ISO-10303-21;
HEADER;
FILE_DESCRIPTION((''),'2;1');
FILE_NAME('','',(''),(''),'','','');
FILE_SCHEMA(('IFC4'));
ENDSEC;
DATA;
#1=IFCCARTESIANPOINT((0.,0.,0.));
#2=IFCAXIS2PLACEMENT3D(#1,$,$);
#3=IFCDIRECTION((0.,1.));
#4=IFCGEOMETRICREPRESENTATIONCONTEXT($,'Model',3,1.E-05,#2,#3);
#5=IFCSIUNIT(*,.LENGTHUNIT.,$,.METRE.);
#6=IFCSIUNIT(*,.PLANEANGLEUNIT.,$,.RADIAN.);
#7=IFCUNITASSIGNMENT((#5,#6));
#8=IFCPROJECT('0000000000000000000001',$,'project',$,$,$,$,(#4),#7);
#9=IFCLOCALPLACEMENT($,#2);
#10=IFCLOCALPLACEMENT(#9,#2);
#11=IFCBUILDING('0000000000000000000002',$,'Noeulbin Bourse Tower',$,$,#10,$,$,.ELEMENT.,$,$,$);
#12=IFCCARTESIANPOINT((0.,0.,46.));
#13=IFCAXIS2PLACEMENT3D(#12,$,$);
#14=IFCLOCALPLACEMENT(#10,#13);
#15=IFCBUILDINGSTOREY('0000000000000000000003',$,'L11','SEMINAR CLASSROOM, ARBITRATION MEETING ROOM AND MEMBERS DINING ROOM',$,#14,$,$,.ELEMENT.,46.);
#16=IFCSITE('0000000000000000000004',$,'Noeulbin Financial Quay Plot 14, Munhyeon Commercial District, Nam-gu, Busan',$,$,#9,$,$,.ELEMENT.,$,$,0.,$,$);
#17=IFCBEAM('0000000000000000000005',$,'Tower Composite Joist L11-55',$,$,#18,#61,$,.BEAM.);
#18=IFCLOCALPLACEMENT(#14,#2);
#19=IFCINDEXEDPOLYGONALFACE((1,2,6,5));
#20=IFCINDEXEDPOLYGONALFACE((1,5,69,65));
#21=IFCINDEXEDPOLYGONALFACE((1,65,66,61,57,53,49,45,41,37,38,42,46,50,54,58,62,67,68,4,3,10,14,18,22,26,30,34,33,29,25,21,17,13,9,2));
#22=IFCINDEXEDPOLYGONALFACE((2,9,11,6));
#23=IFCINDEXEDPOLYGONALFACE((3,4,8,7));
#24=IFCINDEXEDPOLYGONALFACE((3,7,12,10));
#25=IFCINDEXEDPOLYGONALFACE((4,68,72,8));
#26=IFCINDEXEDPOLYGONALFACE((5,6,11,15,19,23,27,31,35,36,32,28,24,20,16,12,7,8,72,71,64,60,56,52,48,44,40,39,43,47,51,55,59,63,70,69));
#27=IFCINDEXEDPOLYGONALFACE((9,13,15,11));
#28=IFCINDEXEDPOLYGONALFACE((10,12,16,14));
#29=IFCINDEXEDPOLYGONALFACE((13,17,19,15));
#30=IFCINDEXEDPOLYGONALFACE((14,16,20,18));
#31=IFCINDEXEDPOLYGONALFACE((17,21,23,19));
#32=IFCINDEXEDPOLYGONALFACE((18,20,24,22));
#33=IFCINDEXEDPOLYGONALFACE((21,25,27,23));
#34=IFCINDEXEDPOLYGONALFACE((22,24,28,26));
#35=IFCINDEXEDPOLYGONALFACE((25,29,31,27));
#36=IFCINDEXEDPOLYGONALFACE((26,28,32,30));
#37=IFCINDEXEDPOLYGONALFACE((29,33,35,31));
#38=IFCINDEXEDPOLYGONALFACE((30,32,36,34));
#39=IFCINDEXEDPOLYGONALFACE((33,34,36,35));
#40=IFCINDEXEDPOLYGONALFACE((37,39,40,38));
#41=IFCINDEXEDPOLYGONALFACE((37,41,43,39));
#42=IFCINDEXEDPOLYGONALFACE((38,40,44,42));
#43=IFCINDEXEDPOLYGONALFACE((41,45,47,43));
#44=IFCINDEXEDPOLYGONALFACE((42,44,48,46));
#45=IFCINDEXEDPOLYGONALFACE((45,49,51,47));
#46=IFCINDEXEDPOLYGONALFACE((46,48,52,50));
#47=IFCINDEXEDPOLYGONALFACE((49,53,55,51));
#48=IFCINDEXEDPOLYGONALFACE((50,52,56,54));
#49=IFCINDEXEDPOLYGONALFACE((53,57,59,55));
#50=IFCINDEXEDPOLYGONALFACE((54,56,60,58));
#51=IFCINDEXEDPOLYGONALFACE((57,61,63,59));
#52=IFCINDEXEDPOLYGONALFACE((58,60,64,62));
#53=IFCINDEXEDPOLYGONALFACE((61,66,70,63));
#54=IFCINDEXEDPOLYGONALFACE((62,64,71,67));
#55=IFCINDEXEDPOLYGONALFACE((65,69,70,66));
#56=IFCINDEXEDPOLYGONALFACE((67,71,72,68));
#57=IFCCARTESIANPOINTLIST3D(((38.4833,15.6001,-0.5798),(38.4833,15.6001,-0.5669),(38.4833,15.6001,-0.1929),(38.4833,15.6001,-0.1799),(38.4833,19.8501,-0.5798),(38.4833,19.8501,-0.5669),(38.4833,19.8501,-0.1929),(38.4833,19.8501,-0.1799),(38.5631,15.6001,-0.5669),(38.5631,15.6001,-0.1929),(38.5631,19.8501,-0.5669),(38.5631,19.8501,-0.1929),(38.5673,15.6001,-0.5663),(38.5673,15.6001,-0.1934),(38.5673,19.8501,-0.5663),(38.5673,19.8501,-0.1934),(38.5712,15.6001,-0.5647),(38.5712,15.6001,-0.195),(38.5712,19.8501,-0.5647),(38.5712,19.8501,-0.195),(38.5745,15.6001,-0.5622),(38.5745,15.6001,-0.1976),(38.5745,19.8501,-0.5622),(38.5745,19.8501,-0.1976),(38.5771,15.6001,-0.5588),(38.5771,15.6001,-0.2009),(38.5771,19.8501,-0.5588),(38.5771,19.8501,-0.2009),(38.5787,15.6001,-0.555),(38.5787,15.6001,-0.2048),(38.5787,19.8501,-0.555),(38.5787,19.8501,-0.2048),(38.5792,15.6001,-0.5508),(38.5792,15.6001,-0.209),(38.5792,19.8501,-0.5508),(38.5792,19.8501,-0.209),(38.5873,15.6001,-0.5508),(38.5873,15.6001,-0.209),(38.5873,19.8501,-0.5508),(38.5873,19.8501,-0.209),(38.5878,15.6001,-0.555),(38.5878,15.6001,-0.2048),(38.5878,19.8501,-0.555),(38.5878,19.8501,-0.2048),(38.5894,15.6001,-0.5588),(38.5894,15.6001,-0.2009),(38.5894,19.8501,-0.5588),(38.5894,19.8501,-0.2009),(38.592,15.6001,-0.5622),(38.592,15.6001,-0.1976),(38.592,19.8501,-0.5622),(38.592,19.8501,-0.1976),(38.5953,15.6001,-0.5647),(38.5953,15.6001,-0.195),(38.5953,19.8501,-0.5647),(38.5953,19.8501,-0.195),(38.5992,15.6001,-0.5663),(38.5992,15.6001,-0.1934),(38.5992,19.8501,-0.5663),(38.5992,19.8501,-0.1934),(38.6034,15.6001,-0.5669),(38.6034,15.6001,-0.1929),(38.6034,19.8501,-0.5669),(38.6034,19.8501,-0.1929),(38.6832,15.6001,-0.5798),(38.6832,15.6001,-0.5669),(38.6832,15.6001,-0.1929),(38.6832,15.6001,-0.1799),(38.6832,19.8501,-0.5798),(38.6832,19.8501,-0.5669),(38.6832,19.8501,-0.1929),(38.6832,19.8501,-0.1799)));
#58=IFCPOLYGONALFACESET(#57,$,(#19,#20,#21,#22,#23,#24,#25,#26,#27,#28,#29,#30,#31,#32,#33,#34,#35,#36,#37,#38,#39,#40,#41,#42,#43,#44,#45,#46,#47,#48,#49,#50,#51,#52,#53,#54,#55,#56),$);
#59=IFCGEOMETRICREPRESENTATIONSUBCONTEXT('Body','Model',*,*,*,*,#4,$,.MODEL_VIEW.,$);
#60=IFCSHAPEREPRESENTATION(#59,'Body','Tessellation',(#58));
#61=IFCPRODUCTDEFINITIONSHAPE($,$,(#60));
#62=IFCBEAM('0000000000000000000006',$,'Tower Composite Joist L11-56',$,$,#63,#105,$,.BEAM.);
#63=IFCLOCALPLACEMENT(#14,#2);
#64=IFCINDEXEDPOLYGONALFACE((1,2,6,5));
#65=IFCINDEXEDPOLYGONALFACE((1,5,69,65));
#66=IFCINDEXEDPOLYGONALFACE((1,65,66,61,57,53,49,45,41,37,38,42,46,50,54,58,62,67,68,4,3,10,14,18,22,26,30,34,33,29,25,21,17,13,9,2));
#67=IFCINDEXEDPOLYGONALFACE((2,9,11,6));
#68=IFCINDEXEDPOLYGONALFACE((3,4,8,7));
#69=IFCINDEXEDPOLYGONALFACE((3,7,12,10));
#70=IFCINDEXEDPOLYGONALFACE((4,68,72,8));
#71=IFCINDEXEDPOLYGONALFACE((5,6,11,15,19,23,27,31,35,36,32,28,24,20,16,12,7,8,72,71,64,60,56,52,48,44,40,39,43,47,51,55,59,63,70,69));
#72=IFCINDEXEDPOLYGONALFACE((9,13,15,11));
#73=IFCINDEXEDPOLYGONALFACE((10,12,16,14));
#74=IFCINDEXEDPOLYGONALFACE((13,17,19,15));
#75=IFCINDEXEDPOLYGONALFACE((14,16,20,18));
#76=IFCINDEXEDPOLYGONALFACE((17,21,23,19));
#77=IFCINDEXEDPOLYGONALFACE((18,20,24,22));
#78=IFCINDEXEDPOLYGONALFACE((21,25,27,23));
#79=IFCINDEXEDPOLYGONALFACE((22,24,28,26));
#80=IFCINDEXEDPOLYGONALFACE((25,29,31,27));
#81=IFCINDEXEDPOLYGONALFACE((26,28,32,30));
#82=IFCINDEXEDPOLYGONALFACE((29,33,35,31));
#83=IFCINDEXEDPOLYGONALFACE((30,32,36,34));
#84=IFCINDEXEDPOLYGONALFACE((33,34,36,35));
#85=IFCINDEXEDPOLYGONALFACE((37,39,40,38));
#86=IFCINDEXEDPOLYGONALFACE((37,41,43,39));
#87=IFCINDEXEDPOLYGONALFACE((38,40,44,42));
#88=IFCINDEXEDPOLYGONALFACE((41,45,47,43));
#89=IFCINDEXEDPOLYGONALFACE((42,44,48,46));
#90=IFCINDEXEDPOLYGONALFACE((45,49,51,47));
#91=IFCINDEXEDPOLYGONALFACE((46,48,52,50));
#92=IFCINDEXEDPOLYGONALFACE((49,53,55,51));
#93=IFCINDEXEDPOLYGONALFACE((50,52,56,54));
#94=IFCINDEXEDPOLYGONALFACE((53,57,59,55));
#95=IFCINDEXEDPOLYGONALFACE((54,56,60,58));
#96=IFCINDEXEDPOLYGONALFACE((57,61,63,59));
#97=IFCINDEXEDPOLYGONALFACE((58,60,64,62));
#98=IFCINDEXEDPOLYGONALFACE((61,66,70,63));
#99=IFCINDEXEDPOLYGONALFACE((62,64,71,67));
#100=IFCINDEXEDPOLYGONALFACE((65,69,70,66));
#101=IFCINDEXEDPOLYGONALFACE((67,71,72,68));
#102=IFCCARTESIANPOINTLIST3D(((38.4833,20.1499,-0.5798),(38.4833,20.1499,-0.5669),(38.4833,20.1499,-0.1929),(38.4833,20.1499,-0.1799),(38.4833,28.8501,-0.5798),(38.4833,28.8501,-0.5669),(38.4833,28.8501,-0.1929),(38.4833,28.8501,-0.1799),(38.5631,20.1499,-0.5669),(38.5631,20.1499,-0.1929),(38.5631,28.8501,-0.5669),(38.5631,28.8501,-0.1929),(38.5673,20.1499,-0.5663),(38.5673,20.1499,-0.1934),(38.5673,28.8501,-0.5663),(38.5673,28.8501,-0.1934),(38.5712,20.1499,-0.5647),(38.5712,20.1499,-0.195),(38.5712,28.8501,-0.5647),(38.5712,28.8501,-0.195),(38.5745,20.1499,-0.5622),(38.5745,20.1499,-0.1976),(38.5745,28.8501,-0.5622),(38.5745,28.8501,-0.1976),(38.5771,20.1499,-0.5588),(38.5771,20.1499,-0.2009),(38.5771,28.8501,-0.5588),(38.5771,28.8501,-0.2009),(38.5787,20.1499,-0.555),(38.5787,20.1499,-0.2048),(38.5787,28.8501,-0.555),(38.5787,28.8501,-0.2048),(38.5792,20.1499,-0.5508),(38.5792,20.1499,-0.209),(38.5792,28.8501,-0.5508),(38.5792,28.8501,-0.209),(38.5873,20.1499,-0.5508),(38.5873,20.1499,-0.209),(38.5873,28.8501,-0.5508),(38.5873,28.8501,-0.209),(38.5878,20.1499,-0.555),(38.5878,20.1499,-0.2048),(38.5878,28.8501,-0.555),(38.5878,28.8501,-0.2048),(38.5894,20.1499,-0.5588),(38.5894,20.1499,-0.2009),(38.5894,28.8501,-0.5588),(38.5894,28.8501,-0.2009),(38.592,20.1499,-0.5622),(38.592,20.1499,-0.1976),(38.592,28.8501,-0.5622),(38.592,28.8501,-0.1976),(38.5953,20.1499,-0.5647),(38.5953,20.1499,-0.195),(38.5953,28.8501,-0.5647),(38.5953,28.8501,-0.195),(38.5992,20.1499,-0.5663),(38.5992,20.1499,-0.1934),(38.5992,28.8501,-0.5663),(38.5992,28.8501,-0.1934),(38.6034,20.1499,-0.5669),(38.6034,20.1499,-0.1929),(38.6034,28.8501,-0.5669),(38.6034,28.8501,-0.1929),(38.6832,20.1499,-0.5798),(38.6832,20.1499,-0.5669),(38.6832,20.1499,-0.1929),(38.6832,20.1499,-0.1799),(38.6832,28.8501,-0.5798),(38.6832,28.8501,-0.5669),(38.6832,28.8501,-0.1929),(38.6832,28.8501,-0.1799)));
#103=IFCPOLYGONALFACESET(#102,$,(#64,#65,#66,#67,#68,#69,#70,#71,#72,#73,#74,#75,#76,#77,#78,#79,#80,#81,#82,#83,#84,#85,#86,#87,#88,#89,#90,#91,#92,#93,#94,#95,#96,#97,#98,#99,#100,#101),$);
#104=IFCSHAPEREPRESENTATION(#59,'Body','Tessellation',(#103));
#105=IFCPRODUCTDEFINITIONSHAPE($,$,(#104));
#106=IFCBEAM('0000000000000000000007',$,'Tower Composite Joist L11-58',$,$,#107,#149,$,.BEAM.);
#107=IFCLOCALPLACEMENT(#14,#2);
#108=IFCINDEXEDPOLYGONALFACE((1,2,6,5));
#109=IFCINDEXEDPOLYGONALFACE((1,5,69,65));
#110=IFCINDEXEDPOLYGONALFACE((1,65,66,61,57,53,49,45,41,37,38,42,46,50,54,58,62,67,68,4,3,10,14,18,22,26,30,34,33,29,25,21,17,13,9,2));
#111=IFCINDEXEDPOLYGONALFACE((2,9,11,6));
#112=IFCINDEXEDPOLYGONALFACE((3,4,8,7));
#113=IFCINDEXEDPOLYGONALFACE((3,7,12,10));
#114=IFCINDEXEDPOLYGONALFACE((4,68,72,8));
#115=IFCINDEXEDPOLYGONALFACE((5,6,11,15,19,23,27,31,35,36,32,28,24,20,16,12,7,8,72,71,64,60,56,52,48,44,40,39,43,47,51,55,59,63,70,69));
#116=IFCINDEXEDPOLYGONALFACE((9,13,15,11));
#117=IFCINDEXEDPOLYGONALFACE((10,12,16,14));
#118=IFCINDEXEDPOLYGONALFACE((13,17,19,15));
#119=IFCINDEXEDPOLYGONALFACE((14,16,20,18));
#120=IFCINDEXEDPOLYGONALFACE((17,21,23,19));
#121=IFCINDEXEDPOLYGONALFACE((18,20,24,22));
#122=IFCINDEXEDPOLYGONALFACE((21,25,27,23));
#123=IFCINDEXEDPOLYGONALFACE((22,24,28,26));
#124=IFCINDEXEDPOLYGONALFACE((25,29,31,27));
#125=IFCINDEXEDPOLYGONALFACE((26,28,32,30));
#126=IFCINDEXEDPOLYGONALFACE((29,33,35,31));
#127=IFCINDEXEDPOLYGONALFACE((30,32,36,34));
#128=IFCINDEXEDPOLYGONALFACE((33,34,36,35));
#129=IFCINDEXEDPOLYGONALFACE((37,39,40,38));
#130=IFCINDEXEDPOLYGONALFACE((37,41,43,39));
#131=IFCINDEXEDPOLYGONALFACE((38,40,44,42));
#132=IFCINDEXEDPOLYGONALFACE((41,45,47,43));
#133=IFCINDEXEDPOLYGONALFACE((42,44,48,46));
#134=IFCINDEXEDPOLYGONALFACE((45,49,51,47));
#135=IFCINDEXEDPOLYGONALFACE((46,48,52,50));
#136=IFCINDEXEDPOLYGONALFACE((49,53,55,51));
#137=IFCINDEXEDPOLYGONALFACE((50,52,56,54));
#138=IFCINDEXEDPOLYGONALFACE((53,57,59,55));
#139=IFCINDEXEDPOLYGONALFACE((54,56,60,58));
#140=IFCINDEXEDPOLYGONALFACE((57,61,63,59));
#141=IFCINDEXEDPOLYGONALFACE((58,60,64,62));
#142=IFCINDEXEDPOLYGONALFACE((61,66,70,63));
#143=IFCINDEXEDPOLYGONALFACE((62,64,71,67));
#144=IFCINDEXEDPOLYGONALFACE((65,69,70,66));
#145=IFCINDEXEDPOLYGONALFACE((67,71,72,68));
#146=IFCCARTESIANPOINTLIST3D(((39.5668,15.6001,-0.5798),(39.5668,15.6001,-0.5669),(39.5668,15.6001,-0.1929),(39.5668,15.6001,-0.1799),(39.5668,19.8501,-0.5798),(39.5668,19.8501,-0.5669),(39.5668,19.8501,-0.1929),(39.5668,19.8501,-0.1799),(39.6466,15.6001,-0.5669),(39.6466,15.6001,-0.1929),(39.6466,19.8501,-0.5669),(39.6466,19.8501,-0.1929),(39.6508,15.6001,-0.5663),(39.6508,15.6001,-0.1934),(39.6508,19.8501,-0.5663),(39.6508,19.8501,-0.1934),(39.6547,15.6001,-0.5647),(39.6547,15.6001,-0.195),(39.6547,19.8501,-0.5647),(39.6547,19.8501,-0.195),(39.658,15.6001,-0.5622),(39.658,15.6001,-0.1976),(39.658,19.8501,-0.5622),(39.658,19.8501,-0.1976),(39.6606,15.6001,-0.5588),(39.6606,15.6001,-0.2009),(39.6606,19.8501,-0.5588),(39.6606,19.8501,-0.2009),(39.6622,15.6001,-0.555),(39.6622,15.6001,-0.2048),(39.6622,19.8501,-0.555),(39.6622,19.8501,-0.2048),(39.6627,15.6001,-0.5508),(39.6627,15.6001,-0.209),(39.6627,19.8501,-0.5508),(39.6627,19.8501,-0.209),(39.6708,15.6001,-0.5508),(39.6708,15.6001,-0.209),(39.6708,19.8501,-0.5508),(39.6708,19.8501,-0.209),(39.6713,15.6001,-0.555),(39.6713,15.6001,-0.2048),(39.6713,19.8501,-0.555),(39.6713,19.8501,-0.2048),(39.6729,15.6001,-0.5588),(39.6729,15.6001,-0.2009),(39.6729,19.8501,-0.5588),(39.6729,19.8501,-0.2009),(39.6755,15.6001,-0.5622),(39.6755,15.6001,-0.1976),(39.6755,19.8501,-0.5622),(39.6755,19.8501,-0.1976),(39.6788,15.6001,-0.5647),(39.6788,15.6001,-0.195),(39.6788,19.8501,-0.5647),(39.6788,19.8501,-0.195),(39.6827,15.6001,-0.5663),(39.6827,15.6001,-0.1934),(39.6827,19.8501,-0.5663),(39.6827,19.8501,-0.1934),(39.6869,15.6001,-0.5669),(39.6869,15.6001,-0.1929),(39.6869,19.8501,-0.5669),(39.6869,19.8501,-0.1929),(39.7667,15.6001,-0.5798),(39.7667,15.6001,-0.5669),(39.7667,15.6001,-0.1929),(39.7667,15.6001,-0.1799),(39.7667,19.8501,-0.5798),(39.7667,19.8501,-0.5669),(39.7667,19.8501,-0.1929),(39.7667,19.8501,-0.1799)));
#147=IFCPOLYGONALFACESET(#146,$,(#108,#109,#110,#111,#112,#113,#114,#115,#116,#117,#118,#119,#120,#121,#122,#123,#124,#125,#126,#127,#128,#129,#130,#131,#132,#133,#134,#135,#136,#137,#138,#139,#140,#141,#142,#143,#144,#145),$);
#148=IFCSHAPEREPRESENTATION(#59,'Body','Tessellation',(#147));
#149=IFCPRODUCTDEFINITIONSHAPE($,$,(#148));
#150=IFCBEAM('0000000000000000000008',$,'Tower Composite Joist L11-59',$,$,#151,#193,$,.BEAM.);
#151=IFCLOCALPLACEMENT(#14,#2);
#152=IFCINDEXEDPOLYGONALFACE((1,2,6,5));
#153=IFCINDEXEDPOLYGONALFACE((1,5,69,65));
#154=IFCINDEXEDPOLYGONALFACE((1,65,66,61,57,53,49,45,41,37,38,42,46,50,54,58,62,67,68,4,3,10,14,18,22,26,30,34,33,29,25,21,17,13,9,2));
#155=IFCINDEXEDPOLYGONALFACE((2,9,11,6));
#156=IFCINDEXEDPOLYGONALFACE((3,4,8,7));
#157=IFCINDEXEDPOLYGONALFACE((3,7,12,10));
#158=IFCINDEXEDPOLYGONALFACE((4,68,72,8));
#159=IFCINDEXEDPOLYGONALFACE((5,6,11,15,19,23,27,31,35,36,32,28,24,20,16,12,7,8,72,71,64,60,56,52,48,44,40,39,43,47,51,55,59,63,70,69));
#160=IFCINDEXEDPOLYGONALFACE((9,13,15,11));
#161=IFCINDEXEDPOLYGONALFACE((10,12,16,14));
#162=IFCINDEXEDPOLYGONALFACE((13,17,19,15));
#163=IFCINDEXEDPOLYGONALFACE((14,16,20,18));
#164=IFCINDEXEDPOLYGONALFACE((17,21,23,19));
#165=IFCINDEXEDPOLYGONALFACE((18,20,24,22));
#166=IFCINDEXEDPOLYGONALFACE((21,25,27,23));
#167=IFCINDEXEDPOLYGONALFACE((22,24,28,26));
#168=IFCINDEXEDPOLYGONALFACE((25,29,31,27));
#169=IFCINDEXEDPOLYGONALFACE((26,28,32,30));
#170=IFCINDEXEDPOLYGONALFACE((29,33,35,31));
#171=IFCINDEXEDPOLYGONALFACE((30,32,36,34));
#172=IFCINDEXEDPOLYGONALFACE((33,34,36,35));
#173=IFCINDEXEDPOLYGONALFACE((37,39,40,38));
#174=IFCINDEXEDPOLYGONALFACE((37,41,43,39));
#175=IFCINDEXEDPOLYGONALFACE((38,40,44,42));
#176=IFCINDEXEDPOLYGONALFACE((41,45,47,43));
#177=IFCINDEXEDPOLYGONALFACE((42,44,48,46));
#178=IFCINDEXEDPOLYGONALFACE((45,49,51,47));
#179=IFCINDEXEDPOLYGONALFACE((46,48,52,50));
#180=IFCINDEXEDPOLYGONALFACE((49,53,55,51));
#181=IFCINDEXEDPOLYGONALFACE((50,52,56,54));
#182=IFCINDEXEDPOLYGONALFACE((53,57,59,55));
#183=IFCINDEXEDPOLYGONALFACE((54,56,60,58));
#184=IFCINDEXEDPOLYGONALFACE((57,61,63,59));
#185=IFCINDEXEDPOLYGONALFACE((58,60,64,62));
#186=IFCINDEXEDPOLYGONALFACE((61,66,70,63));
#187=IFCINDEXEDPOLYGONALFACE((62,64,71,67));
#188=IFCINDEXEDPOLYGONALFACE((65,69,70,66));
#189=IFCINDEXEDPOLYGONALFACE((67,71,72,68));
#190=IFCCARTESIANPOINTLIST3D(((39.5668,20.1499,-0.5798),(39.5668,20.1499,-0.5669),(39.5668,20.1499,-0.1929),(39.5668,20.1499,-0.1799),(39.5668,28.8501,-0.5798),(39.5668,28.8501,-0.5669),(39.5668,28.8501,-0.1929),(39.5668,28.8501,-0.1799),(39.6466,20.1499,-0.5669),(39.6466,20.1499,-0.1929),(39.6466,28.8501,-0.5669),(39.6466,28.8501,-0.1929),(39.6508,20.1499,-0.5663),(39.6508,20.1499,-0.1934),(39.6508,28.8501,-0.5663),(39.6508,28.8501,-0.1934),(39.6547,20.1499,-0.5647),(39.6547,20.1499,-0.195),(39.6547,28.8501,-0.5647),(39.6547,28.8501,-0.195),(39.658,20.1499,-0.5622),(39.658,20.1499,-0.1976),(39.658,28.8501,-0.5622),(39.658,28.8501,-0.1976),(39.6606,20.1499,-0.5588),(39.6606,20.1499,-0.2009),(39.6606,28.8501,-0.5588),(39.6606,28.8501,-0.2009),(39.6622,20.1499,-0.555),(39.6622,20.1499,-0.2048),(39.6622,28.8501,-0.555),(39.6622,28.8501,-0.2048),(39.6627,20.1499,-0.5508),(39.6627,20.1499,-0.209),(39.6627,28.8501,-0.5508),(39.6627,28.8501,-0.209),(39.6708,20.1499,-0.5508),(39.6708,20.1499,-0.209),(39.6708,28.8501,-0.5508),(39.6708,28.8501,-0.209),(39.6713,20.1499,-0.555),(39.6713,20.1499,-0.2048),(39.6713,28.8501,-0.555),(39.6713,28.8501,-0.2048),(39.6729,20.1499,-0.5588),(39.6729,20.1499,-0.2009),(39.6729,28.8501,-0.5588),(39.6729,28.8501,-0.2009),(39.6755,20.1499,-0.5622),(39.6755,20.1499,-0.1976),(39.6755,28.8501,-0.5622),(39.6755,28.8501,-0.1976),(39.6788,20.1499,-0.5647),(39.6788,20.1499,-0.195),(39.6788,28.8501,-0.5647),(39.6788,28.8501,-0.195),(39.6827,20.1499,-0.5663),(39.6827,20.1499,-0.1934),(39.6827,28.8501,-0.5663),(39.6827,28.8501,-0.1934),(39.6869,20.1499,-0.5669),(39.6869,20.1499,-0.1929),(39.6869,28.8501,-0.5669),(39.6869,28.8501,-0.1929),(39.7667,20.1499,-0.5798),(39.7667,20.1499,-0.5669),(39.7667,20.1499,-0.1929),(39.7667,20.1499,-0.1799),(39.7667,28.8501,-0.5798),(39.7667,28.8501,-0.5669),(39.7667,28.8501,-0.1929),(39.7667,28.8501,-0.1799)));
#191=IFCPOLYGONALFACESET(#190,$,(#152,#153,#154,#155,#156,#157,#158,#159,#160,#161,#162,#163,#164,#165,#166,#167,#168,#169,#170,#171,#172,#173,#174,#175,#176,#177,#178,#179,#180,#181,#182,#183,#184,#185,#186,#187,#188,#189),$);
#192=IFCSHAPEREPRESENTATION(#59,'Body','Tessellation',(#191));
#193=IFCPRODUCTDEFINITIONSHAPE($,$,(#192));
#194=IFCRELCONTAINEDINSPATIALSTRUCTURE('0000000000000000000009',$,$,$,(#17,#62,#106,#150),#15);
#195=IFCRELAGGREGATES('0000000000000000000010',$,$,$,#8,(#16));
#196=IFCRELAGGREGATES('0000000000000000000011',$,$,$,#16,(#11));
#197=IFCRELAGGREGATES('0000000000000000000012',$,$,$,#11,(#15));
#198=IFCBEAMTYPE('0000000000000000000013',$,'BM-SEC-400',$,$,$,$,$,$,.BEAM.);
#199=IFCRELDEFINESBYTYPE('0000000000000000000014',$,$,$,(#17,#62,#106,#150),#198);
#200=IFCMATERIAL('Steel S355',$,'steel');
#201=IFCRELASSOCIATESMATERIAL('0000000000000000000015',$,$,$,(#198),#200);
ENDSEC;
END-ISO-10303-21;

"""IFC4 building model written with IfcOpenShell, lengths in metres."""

from ifc_helpers import new_model, si_unit, direction, frame, origin, origin_2d, place, context, subcontext, project, spatial, i_section, extrude, material, material_profile, profile_set, type_object, element, save


model = new_model("IFC4")

# Units and contexts
model_context = context("Model", 3, precision=1e-05, world=origin(), true_north=direction((0.0, 1.0)))
body_context = subcontext(model_context, "Body", "Model", "MODEL_VIEW")
ifc_project = project(units=[si_unit("LENGTHUNIT", "METRE"), si_unit("PLANEANGLEUNIT", "RADIAN")], contexts=[model_context])

# Site, building, storey
site_placement = place(None, origin())
site = spatial("IfcSite", under=ifc_project, at=site_placement, Name="Noeulbin Financial Quay Plot 14, Munhyeon Commercial District, Nam-gu, Busan", CompositionType="ELEMENT", RefElevation=0.0)
building_placement = place(site_placement, origin())
building = spatial("IfcBuilding", under=site, at=building_placement, Name="Noeulbin Bourse Tower", CompositionType="ELEMENT")
storey_placement = place(building_placement, frame((0.0, 0.0, 46.0)))
storey = spatial("IfcBuildingStorey", under=building, at=storey_placement, Name="L11", Description="SEMINAR CLASSROOM, ARBITRATION MEETING ROOM AND MEMBERS DINING ROOM", CompositionType="ELEMENT", Elevation=46.0)

# Beams
ifc_material_1 = material(Name="Steel S355", Category="steel")
ifc_material_profile_1 = material_profile(ifc_material_1, i_section(OverallWidth=0.2, OverallDepth=0.3999, WebThickness=0.0081, FlangeThickness=0.0129, FilletRadius=0.0161, at=origin_2d()), Name="H-400x200x8x13", Category="LoadBearing")
ifc_profile_set_1 = profile_set([ifc_material_profile_1], Name="Steel S355")
beam_type_1 = type_object("IfcBeamType", Name="BM-SEC-400", PredefinedType="BEAM", material=ifc_profile_set_1)
beam_1_placement = place(storey_placement, frame((38.5833, 15.6001, -0.3799), z_axis=(0.0, 1.0, 0.0), x_axis=(-1.0, 0.0, 0.0)))
element("IfcBeam", 1, at=beam_1_placement, inside=storey, type_object=beam_type_1, Name="Tower Composite Joist L11-55", PredefinedType="BEAM", context=body_context, shape_type="SweptSolid", body=[
    extrude(i_section(OverallWidth=0.2, OverallDepth=0.3999, WebThickness=0.0081, FlangeThickness=0.0129, FilletRadius=0.0161, at=origin_2d()), origin(), (0.0, 0.0, 1.0), 4.25),
])
beam_2_placement = place(storey_placement, frame((38.5833, 20.1499, -0.3799), z_axis=(0.0, 1.0, 0.0), x_axis=(-1.0, 0.0, 0.0)))
element("IfcBeam", 2, at=beam_2_placement, inside=storey, type_object=beam_type_1, Name="Tower Composite Joist L11-56", PredefinedType="BEAM", context=body_context, shape_type="SweptSolid", body=[
    extrude(i_section(OverallWidth=0.2, OverallDepth=0.3999, WebThickness=0.0081, FlangeThickness=0.0129, FilletRadius=0.0161, at=origin_2d()), origin(), (0.0, 0.0, 1.0), 8.7002),
])
beam_3_placement = place(storey_placement, frame((39.6667, 15.6001, -0.3799), z_axis=(0.0, 1.0, 0.0), x_axis=(-1.0, 0.0, 0.0)))
element("IfcBeam", 3, at=beam_3_placement, inside=storey, type_object=beam_type_1, Name="Tower Composite Joist L11-58", PredefinedType="BEAM", context=body_context, shape_type="SweptSolid", body=[
    extrude(i_section(OverallWidth=0.2, OverallDepth=0.3999, WebThickness=0.0081, FlangeThickness=0.0129, FilletRadius=0.0161, at=origin_2d()), origin(), (0.0, 0.0, 1.0), 4.25),
])
beam_4_placement = place(storey_placement, frame((39.6667, 20.1499, -0.3799), z_axis=(0.0, 1.0, 0.0), x_axis=(-1.0, 0.0, 0.0)))
element("IfcBeam", 4, at=beam_4_placement, inside=storey, type_object=beam_type_1, Name="Tower Composite Joist L11-59", PredefinedType="BEAM", context=body_context, shape_type="SweptSolid", body=[
    extrude(i_section(OverallWidth=0.2, OverallDepth=0.3999, WebThickness=0.0081, FlangeThickness=0.0129, FilletRadius=0.0161, at=origin_2d()), origin(), (0.0, 0.0, 1.0), 8.7002),
])

save(model, "model.ifc")
